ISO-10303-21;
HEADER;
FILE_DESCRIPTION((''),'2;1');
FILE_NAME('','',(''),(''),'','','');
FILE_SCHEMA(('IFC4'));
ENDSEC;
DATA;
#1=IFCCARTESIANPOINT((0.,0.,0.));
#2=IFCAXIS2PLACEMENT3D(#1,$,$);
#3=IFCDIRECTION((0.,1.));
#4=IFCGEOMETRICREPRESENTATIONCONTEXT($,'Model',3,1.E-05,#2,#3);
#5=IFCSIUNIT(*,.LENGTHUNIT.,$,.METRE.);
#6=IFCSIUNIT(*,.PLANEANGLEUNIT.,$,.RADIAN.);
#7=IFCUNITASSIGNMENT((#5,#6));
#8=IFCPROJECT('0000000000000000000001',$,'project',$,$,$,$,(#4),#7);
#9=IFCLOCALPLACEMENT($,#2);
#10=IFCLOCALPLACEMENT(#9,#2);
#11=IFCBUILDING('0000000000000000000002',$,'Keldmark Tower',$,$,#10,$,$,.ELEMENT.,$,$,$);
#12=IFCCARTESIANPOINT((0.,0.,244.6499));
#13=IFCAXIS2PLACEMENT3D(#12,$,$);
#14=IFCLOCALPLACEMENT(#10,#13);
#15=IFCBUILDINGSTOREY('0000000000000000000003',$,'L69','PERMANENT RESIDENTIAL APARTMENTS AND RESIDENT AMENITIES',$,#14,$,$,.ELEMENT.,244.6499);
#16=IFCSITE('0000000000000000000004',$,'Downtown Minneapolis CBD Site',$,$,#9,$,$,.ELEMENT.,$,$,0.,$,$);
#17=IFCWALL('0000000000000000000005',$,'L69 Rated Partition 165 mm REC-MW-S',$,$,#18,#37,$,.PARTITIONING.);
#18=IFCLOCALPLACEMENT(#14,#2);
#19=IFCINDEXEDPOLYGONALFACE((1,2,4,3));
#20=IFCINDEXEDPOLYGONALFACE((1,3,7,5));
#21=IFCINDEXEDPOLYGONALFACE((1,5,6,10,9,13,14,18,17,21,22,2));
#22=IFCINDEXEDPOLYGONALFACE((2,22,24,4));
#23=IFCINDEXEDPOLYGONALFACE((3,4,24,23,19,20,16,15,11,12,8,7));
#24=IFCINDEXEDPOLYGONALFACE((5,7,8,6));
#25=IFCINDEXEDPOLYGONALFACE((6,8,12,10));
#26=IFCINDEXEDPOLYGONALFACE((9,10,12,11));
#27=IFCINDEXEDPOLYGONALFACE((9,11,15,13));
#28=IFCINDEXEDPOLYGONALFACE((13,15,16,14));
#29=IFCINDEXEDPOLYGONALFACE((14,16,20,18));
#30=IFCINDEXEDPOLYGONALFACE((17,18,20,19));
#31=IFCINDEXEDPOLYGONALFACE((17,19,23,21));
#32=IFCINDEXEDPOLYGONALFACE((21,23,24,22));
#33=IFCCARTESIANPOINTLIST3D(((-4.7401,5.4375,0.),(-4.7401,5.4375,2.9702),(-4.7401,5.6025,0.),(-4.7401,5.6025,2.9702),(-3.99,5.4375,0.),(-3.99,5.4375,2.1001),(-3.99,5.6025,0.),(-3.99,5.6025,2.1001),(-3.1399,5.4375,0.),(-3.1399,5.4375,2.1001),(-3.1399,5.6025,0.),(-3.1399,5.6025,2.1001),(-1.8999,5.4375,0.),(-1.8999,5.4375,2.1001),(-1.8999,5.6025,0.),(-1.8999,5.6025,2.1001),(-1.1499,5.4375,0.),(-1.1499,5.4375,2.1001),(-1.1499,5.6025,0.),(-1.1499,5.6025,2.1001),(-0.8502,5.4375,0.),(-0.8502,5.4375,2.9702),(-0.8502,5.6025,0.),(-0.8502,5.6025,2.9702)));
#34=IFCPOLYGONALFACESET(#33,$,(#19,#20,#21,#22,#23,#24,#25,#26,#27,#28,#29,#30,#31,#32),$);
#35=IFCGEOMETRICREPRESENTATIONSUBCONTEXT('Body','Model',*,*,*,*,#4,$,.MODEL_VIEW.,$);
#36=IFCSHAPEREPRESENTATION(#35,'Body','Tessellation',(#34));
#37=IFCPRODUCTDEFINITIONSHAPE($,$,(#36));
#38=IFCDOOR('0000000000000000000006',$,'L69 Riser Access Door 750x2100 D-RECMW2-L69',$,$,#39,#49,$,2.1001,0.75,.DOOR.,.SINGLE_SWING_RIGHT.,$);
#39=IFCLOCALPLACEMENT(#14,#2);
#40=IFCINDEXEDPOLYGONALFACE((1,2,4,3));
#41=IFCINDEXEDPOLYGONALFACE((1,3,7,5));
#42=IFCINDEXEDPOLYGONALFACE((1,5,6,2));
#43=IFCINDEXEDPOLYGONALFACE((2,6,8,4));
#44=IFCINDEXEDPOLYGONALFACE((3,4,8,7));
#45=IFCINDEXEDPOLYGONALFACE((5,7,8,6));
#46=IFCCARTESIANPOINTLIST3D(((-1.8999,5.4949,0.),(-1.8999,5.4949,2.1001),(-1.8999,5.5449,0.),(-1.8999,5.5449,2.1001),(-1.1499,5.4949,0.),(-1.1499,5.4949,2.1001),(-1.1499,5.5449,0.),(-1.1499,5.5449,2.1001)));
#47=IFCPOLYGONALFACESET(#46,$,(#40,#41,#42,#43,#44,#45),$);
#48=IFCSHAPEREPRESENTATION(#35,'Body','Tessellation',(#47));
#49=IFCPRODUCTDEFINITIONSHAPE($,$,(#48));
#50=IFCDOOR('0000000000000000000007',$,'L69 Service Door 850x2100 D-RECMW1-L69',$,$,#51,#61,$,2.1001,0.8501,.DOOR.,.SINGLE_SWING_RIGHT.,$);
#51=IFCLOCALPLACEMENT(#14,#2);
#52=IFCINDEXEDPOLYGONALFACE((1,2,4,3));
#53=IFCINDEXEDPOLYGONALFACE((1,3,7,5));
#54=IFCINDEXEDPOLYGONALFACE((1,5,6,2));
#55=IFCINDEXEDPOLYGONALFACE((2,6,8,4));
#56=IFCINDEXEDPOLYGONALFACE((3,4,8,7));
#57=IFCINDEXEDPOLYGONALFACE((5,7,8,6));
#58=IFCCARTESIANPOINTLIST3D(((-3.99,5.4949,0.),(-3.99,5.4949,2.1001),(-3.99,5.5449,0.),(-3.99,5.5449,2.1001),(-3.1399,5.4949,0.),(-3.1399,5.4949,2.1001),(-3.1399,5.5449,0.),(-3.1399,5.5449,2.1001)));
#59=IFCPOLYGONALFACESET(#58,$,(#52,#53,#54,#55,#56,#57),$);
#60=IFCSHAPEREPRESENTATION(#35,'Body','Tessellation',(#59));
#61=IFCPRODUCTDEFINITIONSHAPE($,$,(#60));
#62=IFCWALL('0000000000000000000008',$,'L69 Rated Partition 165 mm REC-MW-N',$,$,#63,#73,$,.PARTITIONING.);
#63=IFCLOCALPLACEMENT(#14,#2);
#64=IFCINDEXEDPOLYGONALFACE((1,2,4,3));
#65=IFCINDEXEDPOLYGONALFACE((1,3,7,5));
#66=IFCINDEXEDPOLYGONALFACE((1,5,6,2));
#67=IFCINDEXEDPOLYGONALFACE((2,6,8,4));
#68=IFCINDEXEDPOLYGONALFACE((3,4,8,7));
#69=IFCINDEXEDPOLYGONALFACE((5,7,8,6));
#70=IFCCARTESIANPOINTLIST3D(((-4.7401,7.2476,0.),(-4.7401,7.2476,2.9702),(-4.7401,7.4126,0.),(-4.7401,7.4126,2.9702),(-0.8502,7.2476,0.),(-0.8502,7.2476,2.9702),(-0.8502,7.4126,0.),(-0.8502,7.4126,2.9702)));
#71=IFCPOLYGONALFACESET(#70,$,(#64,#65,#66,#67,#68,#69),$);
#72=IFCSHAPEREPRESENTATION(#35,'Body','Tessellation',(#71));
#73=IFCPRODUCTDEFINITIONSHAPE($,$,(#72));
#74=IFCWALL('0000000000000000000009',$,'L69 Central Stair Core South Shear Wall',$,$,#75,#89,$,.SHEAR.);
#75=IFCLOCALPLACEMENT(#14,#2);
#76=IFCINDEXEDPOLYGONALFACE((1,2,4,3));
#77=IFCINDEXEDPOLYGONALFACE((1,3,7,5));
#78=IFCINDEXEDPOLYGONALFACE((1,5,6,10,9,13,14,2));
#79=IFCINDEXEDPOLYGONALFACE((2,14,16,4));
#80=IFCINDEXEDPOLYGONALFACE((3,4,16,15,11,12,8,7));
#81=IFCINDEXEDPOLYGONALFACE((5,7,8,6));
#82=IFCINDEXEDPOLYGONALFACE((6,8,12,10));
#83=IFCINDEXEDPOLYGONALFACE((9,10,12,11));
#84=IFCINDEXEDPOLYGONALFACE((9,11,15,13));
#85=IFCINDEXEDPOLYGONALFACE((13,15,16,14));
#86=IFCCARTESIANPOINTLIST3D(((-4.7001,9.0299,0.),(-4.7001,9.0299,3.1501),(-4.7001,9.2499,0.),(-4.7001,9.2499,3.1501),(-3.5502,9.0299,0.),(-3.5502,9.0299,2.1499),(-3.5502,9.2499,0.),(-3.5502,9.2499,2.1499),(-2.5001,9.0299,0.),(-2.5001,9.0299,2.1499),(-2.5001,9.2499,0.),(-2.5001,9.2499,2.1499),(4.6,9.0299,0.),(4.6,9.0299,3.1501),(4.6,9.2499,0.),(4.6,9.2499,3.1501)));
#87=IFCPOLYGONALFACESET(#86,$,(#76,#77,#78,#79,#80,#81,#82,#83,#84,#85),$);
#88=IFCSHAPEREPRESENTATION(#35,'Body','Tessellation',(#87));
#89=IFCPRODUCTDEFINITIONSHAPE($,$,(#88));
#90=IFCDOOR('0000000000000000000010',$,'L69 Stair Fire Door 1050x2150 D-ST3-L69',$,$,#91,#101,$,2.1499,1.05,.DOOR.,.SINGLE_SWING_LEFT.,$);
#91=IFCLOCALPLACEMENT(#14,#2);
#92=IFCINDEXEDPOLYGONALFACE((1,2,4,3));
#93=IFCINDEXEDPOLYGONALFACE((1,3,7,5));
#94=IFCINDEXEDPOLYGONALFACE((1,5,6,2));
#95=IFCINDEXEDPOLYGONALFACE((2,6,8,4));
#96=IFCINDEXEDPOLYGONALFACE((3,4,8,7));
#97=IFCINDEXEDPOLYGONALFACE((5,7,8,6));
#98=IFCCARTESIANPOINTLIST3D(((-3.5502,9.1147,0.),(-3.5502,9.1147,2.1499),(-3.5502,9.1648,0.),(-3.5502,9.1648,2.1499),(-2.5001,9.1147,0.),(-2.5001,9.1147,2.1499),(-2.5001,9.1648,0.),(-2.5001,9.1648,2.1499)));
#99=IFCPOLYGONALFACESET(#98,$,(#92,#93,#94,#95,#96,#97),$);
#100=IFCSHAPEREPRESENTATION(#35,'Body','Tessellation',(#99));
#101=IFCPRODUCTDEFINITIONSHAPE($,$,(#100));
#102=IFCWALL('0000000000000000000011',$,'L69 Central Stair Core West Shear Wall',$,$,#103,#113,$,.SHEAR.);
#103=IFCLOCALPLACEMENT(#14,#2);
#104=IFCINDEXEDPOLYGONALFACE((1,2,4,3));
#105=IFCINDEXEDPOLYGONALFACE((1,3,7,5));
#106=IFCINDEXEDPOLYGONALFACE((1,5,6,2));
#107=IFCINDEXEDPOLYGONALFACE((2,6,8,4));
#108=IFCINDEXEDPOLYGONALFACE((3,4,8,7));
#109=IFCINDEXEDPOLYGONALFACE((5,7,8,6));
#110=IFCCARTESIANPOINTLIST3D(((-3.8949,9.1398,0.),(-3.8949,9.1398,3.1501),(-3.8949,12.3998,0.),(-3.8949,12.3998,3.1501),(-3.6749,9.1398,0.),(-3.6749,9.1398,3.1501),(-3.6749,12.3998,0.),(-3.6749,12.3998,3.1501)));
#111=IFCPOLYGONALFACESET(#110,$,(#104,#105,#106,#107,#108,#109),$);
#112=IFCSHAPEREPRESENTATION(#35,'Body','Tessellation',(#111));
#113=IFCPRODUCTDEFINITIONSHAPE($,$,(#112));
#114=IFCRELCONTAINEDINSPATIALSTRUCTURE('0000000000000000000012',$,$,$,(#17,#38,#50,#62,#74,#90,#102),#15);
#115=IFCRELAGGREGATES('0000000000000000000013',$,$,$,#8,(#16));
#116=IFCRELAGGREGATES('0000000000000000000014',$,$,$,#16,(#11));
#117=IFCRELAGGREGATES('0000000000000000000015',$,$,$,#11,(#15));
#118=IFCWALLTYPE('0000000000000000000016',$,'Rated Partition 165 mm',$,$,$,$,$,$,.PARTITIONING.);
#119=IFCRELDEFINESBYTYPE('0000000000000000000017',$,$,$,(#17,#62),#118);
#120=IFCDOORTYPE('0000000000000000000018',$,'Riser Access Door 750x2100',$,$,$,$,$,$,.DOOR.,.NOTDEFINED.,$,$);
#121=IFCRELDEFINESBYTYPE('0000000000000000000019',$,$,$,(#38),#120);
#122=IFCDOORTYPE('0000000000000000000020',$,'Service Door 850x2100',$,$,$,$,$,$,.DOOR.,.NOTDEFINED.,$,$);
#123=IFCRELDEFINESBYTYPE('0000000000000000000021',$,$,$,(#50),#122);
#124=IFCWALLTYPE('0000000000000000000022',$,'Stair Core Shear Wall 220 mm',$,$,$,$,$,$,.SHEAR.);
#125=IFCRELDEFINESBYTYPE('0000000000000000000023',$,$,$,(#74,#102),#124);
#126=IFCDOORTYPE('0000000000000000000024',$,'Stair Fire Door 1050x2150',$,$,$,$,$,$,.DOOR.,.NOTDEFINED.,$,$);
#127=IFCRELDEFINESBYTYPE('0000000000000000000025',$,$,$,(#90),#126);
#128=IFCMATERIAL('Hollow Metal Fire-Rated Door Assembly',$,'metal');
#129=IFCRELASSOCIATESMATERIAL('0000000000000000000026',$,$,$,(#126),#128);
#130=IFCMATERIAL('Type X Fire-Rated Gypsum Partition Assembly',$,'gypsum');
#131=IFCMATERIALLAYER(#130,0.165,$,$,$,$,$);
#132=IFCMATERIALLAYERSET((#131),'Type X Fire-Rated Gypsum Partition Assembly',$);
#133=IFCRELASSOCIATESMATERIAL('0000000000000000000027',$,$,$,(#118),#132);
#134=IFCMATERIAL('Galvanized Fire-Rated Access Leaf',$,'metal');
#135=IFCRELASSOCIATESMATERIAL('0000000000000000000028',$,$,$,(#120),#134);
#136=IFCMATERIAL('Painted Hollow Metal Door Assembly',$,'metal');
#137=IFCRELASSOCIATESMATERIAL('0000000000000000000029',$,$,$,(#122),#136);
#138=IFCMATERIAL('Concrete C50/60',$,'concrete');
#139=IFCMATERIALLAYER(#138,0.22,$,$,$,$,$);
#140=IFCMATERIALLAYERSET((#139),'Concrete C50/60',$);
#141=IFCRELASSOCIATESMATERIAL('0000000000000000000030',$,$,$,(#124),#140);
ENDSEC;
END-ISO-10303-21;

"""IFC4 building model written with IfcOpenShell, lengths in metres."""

from ifc_helpers import new_model, si_unit, direction, frame, frame_2d, origin, place, context, subcontext, project, spatial, rectangle, extrude, material, layer, layer_set, type_object, element, fill, save


model = new_model("IFC4")

# Units and contexts
model_context = context("Model", 3, precision=1e-05, world=origin(), true_north=direction((0.0, 1.0)))
body_context = subcontext(model_context, "Body", "Model", "MODEL_VIEW")
ifc_project = project(units=[si_unit("LENGTHUNIT", "METRE"), si_unit("PLANEANGLEUNIT", "RADIAN")], contexts=[model_context])

# Site, building, storey
site_placement = place(None, origin())
site = spatial("IfcSite", under=ifc_project, at=site_placement, Name="Downtown Minneapolis CBD Site", CompositionType="ELEMENT", RefElevation=0.0)
building_placement = place(site_placement, origin())
building = spatial("IfcBuilding", under=site, at=building_placement, Name="Keldmark Tower", CompositionType="ELEMENT")
storey_placement = place(building_placement, frame((0.0, 0.0, 244.6499)))
storey = spatial("IfcBuildingStorey", under=building, at=storey_placement, Name="L69", Description="PERMANENT RESIDENTIAL APARTMENTS AND RESIDENT AMENITIES", CompositionType="ELEMENT", Elevation=244.6499)

# Shared definitions
ifc_material_1 = material(Name="Hollow Metal Fire-Rated Door Assembly", Category="metal")
door_type_1 = type_object("IfcDoorType", Name="Stair Fire Door 1050x2150", OperationType="NOTDEFINED", PredefinedType="DOOR", material=ifc_material_1)

# Shared definitions
ifc_material_2 = material(Name="Type X Fire-Rated Gypsum Partition Assembly", Category="gypsum")
ifc_layer_1 = layer(ifc_material_2, 0.165)
ifc_layer_set_1 = layer_set([ifc_layer_1], Name="Type X Fire-Rated Gypsum Partition Assembly")
wall_type_1 = type_object("IfcWallType", Name="Rated Partition 165 mm", PredefinedType="PARTITIONING", material=ifc_layer_set_1)

# Wall, openings, doors
ifc_material_3 = material(Name="Galvanized Fire-Rated Access Leaf", Category="metal")
door_type_2 = type_object("IfcDoorType", Name="Riser Access Door 750x2100", OperationType="NOTDEFINED", PredefinedType="DOOR", material=ifc_material_3)
ifc_material_4 = material(Name="Painted Hollow Metal Door Assembly", Category="metal")
door_type_3 = type_object("IfcDoorType", Name="Service Door 850x2100", OperationType="NOTDEFINED", PredefinedType="DOOR", material=ifc_material_4)
wall_1_placement = place(storey_placement, frame((-4.74, 5.52, 0.0), z_axis=(0.0, 0.0, 1.0), x_axis=(1.0, 0.0, 0.0)))
wall_1 = element("IfcWall", 1, at=wall_1_placement, inside=storey, type_object=wall_type_1, Name="L69 Rated Partition 165 mm REC-MW-S", PredefinedType="PARTITIONING", context=body_context, shape_type="SweptSolid", body=[
    extrude(rectangle(XDim=3.8899, YDim=0.165, at=frame_2d((1.9448, 0.0))), origin(), (0.0, 0.0, 1.0), 2.9702),
])
opening_1_placement = place(wall_1_placement, frame((0.75, 0.0, 0.0)))
opening_1 = element("IfcOpeningElement", 2, at=opening_1_placement, cuts=wall_1, PredefinedType="OPENING", context=body_context, shape_type="SweptSolid", body=[
    extrude(rectangle(XDim=0.8501, YDim=2.1001, at=frame_2d((0.425, 1.05))), frame((0.0, 0.0925, 0.0), z_axis=(0.0, -1.0, 0.0), x_axis=(1.0, 0.0, 0.0)), (0.0, 0.0, 1.0), 0.1851),
])
opening_2_placement = place(wall_1_placement, frame((2.8401, 0.0, 0.0)))
opening_2 = element("IfcOpeningElement", 3, at=opening_2_placement, cuts=wall_1, PredefinedType="OPENING", context=body_context, shape_type="SweptSolid", body=[
    extrude(rectangle(XDim=0.75, YDim=2.1001, at=frame_2d((0.375, 1.05))), frame((0.0, 0.0925, 0.0), z_axis=(0.0, -1.0, 0.0), x_axis=(1.0, 0.0, 0.0)), (0.0, 0.0, 1.0), 0.1851),
])
door_1_placement = place(opening_2_placement, origin())
door_1 = element("IfcDoor", 4, at=door_1_placement, inside=storey, type_object=door_type_2, Name="L69 Riser Access Door 750x2100 D-RECMW2-L69", OperationType="SINGLE_SWING_RIGHT", OverallHeight=2.1001, OverallWidth=0.75, PredefinedType="DOOR", context=body_context, shape_type="SweptSolid", body=[
    extrude(rectangle(XDim=0.75, YDim=2.1001, at=frame_2d((0.375, 1.05))), frame((0.0, 0.0249, 0.0), z_axis=(0.0, -1.0, 0.0), x_axis=(1.0, 0.0, 0.0)), (0.0, 0.0, 1.0), 0.05),
])
fill(opening_2, door_1)
door_2_placement = place(opening_1_placement, origin())
door_2 = element("IfcDoor", 5, at=door_2_placement, inside=storey, type_object=door_type_3, Name="L69 Service Door 850x2100 D-RECMW1-L69", OperationType="SINGLE_SWING_RIGHT", OverallHeight=2.1001, OverallWidth=0.8501, PredefinedType="DOOR", context=body_context, shape_type="SweptSolid", body=[
    extrude(rectangle(XDim=0.8501, YDim=2.1001, at=frame_2d((0.425, 1.05))), frame((0.0, 0.0249, 0.0), z_axis=(0.0, -1.0, 0.0), x_axis=(1.0, 0.0, 0.0)), (0.0, 0.0, 1.0), 0.05),
])
fill(opening_1, door_2)

# Wall
wall_2_placement = place(storey_placement, frame((-4.74, 7.3301, 0.0), z_axis=(0.0, 0.0, 1.0), x_axis=(1.0, 0.0, 0.0)))
element("IfcWall", 6, at=wall_2_placement, inside=storey, type_object=wall_type_1, Name="L69 Rated Partition 165 mm REC-MW-N", PredefinedType="PARTITIONING", context=body_context, shape_type="SweptSolid", body=[
    extrude(rectangle(XDim=3.8899, YDim=0.165, at=frame_2d((1.9448, 0.0))), origin(), (0.0, 0.0, 1.0), 2.9702),
])

# Wall, opening, door
ifc_material_5 = material(Name="Concrete C50/60", Category="concrete")
ifc_layer_2 = layer(ifc_material_5, 0.22)
ifc_layer_set_2 = layer_set([ifc_layer_2], Name="Concrete C50/60")
wall_type_2 = type_object("IfcWallType", Name="Stair Core Shear Wall 220 mm", PredefinedType="SHEAR", material=ifc_layer_set_2)
wall_3_placement = place(storey_placement, frame((-4.7, 9.1399, 0.0), z_axis=(0.0, 0.0, 1.0), x_axis=(1.0, 0.0, 0.0)))
wall_3 = element("IfcWall", 7, at=wall_3_placement, inside=storey, type_object=wall_type_2, Name="L69 Central Stair Core South Shear Wall", PredefinedType="SHEAR", context=body_context, shape_type="SweptSolid", body=[
    extrude(rectangle(XDim=9.3, YDim=0.22, at=frame_2d((4.6499, 0.0))), origin(), (0.0, 0.0, 1.0), 3.1501),
])
opening_3_placement = place(wall_3_placement, frame((1.1499, 0.0, 0.0)))
opening_3 = element("IfcOpeningElement", 8, at=opening_3_placement, cuts=wall_3, PredefinedType="OPENING", context=body_context, shape_type="SweptSolid", body=[
    extrude(rectangle(XDim=1.05, YDim=2.1499, at=frame_2d((0.5249, 1.075))), frame((0.0, 0.1199, 0.0), z_axis=(0.0, -1.0, 0.0), x_axis=(1.0, 0.0, 0.0)), (0.0, 0.0, 1.0), 0.24),
])
door_3_placement = place(opening_3_placement, origin())
door_3 = element("IfcDoor", 9, at=door_3_placement, inside=storey, type_object=door_type_1, Name="L69 Stair Fire Door 1050x2150 D-ST3-L69", OperationType="SINGLE_SWING_LEFT", OverallHeight=2.1499, OverallWidth=1.05, PredefinedType="DOOR", context=body_context, shape_type="SweptSolid", body=[
    extrude(rectangle(XDim=1.05, YDim=2.1499, at=frame_2d((0.5249, 1.075))), frame((0.0, 0.0249, 0.0), z_axis=(0.0, -1.0, 0.0), x_axis=(1.0, 0.0, 0.0)), (0.0, 0.0, 1.0), 0.05),
])
fill(opening_3, door_3)

# Wall
wall_4_placement = place(storey_placement, frame((-3.7849, 9.1399, 0.0), z_axis=(0.0, 0.0, 1.0), x_axis=(0.0, 1.0, 0.0)))
element("IfcWall", 10, at=wall_4_placement, inside=storey, type_object=wall_type_2, Name="L69 Central Stair Core West Shear Wall", PredefinedType="SHEAR", context=body_context, shape_type="SweptSolid", body=[
    extrude(rectangle(XDim=3.26, YDim=0.22, at=frame_2d((1.6299, 0.0))), origin(), (0.0, 0.0, 1.0), 3.1501),
])

save(model, "model.ifc")
